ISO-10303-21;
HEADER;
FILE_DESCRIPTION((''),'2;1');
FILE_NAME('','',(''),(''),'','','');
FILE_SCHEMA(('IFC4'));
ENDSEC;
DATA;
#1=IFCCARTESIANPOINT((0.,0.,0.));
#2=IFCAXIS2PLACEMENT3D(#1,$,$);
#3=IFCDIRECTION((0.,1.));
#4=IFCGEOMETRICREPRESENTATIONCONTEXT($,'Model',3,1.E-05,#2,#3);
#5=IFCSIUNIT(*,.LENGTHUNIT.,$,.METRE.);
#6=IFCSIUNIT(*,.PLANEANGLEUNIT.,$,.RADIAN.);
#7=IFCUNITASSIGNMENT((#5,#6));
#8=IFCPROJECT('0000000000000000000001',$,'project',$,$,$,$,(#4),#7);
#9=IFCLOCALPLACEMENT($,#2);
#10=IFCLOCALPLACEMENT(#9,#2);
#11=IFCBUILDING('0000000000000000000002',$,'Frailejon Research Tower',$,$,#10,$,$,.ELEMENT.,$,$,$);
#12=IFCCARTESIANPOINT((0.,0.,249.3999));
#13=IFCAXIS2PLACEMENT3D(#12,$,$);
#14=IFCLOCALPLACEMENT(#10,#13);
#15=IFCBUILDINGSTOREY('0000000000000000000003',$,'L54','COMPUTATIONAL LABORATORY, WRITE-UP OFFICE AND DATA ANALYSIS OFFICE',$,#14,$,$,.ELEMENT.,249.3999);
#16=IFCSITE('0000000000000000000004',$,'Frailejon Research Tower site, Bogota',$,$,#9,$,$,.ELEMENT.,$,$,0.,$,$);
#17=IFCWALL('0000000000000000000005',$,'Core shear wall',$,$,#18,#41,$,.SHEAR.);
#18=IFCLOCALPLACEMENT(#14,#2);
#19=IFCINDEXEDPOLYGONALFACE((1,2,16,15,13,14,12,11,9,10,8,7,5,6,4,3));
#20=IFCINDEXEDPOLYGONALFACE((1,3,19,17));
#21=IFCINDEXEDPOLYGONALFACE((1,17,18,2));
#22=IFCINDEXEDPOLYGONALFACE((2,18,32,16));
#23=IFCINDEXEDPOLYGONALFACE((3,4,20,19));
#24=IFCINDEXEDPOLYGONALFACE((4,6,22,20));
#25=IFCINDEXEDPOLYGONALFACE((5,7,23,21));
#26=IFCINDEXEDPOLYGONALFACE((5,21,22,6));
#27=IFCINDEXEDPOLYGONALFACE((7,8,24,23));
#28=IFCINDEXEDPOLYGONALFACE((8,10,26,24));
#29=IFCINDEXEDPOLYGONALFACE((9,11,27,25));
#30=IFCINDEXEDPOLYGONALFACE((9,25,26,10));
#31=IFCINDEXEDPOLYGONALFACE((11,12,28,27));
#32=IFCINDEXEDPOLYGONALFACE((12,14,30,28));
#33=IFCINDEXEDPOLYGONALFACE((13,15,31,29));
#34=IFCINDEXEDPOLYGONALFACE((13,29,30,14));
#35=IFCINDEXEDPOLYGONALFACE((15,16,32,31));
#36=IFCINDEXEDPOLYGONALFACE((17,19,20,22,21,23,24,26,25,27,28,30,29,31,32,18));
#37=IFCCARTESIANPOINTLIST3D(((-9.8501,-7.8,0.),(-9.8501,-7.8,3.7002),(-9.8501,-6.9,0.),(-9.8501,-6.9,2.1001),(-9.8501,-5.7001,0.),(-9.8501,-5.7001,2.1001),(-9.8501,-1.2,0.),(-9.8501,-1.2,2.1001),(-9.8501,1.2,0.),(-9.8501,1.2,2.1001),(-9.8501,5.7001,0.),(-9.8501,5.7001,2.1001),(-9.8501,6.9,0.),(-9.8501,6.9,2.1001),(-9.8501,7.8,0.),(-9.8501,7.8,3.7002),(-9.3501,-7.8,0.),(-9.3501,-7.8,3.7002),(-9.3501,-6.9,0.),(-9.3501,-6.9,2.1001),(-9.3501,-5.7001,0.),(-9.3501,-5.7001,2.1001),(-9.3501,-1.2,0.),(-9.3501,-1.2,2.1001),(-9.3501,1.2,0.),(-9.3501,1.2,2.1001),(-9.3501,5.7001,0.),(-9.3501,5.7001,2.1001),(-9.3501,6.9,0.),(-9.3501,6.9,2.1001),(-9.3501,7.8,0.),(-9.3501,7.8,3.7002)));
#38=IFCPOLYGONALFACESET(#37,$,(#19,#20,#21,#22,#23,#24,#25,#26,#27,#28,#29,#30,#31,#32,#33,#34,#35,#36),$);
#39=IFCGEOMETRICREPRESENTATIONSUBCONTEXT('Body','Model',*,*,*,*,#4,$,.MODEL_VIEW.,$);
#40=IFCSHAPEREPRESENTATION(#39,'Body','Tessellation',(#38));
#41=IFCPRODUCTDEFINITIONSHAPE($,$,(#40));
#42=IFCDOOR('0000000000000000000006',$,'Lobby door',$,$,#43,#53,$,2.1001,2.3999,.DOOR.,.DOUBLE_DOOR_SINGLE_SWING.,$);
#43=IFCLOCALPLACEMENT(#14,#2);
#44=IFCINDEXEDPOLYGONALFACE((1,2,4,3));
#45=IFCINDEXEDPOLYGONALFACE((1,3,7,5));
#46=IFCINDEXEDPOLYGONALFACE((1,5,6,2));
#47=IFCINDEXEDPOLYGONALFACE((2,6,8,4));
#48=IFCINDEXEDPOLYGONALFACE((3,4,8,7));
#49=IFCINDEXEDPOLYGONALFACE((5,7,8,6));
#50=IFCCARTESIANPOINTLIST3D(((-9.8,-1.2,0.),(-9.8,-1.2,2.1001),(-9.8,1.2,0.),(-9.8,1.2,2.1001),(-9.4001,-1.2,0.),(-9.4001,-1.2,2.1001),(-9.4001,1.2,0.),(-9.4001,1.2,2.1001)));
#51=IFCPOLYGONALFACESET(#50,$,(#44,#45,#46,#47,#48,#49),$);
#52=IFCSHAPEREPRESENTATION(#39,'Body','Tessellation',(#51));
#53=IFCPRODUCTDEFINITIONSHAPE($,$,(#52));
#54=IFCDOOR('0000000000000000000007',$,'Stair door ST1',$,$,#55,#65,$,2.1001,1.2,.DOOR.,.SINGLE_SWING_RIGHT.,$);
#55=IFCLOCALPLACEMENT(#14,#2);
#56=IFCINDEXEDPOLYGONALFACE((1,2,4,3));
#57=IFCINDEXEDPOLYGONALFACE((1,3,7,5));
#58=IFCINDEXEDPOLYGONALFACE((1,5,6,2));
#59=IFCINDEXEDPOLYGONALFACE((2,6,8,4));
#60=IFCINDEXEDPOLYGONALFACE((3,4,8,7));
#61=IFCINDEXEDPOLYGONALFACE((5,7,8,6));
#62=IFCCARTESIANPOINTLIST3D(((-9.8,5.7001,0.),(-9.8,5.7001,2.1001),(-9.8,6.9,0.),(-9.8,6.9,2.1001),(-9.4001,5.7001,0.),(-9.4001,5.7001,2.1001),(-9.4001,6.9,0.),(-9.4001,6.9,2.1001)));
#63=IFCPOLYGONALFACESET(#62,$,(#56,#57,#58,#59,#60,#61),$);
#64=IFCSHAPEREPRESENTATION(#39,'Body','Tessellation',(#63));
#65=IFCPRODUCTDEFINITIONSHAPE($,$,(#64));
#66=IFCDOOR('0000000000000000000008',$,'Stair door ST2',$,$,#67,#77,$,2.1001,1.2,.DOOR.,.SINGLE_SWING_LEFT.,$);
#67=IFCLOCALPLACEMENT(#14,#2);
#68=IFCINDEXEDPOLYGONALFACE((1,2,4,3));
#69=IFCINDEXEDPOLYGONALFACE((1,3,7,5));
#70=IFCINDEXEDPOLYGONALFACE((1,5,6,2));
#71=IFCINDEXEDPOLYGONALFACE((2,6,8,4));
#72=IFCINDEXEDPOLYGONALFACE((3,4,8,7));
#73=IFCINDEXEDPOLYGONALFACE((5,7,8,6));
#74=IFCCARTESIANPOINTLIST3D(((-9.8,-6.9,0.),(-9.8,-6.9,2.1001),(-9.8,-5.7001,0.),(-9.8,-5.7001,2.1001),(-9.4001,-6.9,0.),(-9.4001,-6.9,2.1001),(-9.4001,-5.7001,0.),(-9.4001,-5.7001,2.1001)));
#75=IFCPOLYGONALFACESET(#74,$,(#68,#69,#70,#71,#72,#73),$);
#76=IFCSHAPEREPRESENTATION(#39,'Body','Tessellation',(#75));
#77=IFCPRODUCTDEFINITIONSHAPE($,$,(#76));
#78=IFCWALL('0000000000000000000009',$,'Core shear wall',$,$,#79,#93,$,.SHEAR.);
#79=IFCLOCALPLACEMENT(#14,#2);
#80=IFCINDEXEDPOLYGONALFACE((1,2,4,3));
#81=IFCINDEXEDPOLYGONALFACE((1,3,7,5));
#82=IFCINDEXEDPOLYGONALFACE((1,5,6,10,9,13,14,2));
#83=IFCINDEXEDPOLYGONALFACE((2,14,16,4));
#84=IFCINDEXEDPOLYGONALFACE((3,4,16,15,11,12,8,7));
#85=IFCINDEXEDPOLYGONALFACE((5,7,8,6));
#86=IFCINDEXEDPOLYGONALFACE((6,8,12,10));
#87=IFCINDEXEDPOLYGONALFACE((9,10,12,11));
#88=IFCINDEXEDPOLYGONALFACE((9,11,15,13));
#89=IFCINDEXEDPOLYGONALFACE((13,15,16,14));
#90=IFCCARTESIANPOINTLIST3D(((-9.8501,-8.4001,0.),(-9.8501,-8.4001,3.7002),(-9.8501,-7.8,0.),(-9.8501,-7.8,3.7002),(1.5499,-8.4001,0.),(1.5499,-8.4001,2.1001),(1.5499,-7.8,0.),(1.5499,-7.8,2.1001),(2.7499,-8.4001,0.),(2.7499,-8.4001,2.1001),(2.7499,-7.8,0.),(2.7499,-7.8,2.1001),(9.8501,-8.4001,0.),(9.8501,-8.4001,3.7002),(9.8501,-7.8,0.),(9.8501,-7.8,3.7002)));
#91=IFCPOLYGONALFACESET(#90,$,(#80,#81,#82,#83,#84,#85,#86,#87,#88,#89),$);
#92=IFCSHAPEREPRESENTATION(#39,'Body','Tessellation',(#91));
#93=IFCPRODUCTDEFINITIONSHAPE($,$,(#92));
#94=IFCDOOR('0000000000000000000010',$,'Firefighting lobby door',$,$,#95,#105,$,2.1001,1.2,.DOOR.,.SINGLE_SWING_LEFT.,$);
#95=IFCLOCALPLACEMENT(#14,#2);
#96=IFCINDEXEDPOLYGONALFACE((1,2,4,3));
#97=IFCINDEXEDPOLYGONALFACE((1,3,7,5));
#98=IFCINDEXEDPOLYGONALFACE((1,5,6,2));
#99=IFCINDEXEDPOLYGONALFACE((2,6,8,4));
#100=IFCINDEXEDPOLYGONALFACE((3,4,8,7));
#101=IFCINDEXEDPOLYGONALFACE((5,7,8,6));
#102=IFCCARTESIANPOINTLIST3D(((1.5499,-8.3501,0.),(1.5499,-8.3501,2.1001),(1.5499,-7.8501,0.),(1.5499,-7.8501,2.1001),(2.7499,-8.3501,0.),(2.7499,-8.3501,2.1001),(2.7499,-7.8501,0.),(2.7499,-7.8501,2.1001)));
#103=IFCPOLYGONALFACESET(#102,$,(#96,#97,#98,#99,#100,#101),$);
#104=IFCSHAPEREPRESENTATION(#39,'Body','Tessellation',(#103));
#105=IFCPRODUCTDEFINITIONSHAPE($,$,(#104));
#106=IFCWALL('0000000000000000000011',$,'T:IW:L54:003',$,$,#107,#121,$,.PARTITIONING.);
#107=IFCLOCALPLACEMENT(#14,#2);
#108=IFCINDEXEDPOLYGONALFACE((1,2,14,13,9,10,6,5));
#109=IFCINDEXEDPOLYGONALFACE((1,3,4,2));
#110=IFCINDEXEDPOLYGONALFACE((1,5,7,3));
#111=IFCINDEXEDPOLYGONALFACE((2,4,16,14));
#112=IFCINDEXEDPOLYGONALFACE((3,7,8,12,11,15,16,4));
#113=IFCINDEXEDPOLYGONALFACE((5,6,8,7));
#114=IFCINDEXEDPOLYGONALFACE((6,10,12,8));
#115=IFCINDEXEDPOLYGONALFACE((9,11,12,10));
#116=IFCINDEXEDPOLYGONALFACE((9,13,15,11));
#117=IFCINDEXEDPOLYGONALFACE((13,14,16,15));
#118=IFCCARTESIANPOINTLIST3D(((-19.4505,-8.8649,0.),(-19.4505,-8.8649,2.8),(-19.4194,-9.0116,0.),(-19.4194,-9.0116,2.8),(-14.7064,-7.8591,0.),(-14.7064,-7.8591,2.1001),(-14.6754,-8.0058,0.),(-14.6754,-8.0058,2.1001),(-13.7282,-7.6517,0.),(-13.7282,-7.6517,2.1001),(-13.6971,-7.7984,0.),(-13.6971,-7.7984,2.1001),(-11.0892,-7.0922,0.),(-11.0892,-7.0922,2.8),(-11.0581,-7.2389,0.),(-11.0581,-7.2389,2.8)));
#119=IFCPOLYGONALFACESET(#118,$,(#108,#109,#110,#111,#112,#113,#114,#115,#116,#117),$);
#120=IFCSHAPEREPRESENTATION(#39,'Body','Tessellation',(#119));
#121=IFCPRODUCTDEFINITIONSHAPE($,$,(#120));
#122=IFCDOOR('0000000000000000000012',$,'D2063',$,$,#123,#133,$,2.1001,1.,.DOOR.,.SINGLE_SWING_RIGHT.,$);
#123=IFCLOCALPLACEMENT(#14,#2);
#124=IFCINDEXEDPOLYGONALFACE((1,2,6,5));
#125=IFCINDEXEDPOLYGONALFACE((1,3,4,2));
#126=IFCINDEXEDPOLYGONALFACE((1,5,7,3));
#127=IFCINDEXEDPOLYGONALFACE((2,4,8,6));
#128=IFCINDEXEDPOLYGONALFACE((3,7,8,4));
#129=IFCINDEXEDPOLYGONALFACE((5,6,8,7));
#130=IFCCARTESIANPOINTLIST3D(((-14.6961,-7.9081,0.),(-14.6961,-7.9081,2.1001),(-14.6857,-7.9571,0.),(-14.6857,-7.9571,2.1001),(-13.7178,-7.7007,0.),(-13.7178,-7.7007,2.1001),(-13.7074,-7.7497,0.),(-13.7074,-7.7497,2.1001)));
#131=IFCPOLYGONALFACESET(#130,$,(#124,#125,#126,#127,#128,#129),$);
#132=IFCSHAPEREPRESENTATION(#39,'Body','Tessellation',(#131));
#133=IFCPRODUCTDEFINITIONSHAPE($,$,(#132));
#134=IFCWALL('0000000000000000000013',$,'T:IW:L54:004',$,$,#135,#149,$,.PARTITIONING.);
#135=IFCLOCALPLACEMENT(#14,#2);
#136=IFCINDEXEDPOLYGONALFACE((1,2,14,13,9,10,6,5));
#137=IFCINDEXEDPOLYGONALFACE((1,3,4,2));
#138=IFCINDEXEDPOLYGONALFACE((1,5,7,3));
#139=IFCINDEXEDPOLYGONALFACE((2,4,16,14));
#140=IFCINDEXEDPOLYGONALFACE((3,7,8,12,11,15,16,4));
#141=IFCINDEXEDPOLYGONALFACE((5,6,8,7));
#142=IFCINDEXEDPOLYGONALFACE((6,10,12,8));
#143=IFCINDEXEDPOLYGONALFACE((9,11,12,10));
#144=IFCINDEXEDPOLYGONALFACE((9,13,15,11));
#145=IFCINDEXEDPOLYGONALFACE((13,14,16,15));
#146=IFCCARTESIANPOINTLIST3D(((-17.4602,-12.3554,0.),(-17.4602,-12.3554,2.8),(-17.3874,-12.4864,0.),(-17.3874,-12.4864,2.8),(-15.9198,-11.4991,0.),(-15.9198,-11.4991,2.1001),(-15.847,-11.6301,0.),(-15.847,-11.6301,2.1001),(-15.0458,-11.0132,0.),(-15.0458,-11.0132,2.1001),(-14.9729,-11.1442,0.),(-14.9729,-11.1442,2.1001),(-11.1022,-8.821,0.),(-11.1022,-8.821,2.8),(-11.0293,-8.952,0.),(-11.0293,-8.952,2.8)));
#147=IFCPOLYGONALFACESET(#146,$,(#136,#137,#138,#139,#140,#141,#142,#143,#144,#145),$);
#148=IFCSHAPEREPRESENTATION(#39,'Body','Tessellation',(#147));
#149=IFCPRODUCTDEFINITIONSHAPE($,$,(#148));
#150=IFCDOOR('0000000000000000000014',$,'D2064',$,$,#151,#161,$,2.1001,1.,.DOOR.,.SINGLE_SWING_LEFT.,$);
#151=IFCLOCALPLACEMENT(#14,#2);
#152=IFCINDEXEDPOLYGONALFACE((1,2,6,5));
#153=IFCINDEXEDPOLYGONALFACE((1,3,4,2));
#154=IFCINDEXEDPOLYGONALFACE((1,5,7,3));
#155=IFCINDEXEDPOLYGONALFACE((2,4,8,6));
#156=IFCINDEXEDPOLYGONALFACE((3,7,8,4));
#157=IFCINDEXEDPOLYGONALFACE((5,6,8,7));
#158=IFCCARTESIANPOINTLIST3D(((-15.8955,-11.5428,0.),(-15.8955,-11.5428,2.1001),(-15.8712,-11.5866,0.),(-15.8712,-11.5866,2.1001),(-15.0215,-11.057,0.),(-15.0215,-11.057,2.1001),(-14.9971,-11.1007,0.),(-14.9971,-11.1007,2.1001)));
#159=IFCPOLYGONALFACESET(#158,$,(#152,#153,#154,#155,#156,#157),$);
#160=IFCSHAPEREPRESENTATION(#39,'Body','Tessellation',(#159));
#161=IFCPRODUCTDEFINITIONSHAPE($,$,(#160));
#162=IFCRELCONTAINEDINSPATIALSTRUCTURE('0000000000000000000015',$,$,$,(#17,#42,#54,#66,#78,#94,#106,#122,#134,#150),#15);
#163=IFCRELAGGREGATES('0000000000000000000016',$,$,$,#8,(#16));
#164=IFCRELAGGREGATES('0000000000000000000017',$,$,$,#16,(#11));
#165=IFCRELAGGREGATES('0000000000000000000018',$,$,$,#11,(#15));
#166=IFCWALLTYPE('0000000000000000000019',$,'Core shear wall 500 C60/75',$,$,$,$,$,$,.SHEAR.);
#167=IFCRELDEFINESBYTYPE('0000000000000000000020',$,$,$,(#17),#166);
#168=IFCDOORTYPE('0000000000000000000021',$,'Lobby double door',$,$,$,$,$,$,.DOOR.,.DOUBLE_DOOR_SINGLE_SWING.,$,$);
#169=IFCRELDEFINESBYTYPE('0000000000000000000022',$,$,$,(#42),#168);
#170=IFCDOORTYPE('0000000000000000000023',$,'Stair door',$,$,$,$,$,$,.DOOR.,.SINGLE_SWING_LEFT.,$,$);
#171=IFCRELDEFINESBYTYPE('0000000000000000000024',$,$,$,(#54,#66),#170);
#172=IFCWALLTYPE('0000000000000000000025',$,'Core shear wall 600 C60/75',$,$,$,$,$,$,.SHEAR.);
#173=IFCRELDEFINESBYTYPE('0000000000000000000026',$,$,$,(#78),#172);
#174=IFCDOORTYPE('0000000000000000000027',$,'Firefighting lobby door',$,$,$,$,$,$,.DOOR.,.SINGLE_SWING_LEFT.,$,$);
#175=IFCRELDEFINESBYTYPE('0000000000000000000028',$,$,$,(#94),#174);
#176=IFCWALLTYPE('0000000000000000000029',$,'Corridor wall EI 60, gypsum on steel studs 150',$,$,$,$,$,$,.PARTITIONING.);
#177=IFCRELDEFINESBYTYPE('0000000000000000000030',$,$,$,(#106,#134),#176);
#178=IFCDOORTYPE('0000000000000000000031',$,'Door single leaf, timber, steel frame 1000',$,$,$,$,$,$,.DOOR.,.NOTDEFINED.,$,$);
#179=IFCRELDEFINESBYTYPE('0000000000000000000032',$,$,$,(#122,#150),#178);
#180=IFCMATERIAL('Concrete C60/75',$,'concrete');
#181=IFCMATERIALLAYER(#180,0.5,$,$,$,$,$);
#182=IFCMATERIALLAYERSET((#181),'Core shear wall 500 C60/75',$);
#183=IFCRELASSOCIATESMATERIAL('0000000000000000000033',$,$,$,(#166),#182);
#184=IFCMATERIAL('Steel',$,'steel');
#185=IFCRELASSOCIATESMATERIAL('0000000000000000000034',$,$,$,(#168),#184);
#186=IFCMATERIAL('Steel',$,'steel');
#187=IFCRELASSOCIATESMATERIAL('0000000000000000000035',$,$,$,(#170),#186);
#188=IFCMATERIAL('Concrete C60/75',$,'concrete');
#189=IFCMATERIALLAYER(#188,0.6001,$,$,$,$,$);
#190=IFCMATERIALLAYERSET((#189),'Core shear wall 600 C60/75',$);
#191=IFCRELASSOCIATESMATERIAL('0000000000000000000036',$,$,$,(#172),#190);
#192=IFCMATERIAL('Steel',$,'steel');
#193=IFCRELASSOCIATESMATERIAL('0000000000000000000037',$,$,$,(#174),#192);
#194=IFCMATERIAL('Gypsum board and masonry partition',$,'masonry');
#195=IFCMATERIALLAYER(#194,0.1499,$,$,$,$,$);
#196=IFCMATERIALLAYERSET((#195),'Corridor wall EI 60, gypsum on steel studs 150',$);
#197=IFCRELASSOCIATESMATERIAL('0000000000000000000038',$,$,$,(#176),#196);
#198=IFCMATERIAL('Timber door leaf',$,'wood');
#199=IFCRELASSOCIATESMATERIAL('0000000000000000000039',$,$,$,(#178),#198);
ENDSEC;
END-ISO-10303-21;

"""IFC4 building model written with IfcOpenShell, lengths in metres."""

from ifc_helpers import new_model, si_unit, direction, frame, frame_2d, origin, place, context, subcontext, project, spatial, rectangle, extrude, material, layer, layer_set, type_object, element, fill, save


model = new_model("IFC4")

# Units and contexts
model_context = context("Model", 3, precision=1e-05, world=origin(), true_north=direction((0.0, 1.0)))
body_context = subcontext(model_context, "Body", "Model", "MODEL_VIEW")
ifc_project = project(units=[si_unit("LENGTHUNIT", "METRE"), si_unit("PLANEANGLEUNIT", "RADIAN")], contexts=[model_context])

# Site, building, storey
site_placement = place(None, origin())
site = spatial("IfcSite", under=ifc_project, at=site_placement, Name="Frailejon Research Tower site, Bogota", CompositionType="ELEMENT", RefElevation=0.0)
building_placement = place(site_placement, origin())
building = spatial("IfcBuilding", under=site, at=building_placement, Name="Frailejon Research Tower", CompositionType="ELEMENT")
storey_placement = place(building_placement, frame((0.0, 0.0, 249.3999)))
storey = spatial("IfcBuildingStorey", under=building, at=storey_placement, Name="L54", Description="COMPUTATIONAL LABORATORY, WRITE-UP OFFICE AND DATA ANALYSIS OFFICE", CompositionType="ELEMENT", Elevation=249.3999)

# Wall, openings, doors
ifc_material_1 = material(Name="Concrete C60/75", Category="concrete")
ifc_layer_1 = layer(ifc_material_1, 0.5)
ifc_layer_set_1 = layer_set([ifc_layer_1], Name="Core shear wall 500 C60/75")
wall_type_1 = type_object("IfcWallType", Name="Core shear wall 500 C60/75", PredefinedType="SHEAR", material=ifc_layer_set_1)
wall_1_placement = place(storey_placement, frame((-9.6001, -7.8, 0.0), z_axis=(0.0, 0.0, 1.0), x_axis=(0.0, 1.0, 0.0)))
wall_1 = element("IfcWall", 1, at=wall_1_placement, inside=storey, type_object=wall_type_1, Name="Core shear wall", PredefinedType="SHEAR", context=body_context, shape_type="SweptSolid", body=[
    extrude(rectangle(XDim=15.6001, YDim=0.5, at=frame_2d((7.8, 0.0))), origin(), (0.0, 0.0, 1.0), 3.7002),
])
opening_1_placement = place(wall_1_placement, frame((6.6001, 0.0, 0.0)))
opening_1 = element("IfcOpeningElement", 2, at=opening_1_placement, cuts=wall_1, PredefinedType="OPENING", context=body_context, shape_type="SweptSolid", body=[
    extrude(rectangle(XDim=2.3999, YDim=2.1001, at=frame_2d((1.2, 1.05))), frame((0.0, 0.26, 0.0), z_axis=(0.0, -1.0, 0.0), x_axis=(1.0, 0.0, 0.0)), (0.0, 0.0, 1.0), 0.52),
])
opening_2_placement = place(wall_1_placement, frame((13.5, 0.0, 0.0)))
opening_2 = element("IfcOpeningElement", 3, at=opening_2_placement, cuts=wall_1, PredefinedType="OPENING", context=body_context, shape_type="SweptSolid", body=[
    extrude(rectangle(XDim=1.2, YDim=2.1001, at=frame_2d((0.6001, 1.05))), frame((0.0, 0.26, 0.0), z_axis=(0.0, -1.0, 0.0), x_axis=(1.0, 0.0, 0.0)), (0.0, 0.0, 1.0), 0.52),
])
opening_3_placement = place(wall_1_placement, frame((0.8999, 0.0, 0.0)))
opening_3 = element("IfcOpeningElement", 4, at=opening_3_placement, cuts=wall_1, PredefinedType="OPENING", context=body_context, shape_type="SweptSolid", body=[
    extrude(rectangle(XDim=1.2, YDim=2.1001, at=frame_2d((0.6001, 1.05))), frame((0.0, 0.26, 0.0), z_axis=(0.0, -1.0, 0.0), x_axis=(1.0, 0.0, 0.0)), (0.0, 0.0, 1.0), 0.52),
])
ifc_material_2 = material(Name="Steel", Category="steel")
door_type_1 = type_object("IfcDoorType", Name="Lobby double door", OperationType="DOUBLE_DOOR_SINGLE_SWING", PredefinedType="DOOR", material=ifc_material_2)
door_1_placement = place(opening_1_placement, origin())
door_1 = element("IfcDoor", 5, at=door_1_placement, inside=storey, type_object=door_type_1, Name="Lobby door", OperationType="DOUBLE_DOOR_SINGLE_SWING", OverallHeight=2.1001, OverallWidth=2.3999, PredefinedType="DOOR", context=body_context, shape_type="SweptSolid", body=[
    extrude(rectangle(XDim=2.3999, YDim=2.1001, at=frame_2d((1.2, 1.05))), frame((0.0, 0.2, 0.0), z_axis=(0.0, -1.0, 0.0), x_axis=(1.0, 0.0, 0.0)), (0.0, 0.0, 1.0), 0.3999),
])
fill(opening_1, door_1)
ifc_material_3 = material(Name="Steel", Category="steel")
door_type_2 = type_object("IfcDoorType", Name="Stair door", OperationType="SINGLE_SWING_LEFT", PredefinedType="DOOR", material=ifc_material_3)
door_2_placement = place(opening_2_placement, origin())
door_2 = element("IfcDoor", 6, at=door_2_placement, inside=storey, type_object=door_type_2, Name="Stair door ST1", OperationType="SINGLE_SWING_RIGHT", OverallHeight=2.1001, OverallWidth=1.2, PredefinedType="DOOR", context=body_context, shape_type="SweptSolid", body=[
    extrude(rectangle(XDim=1.2, YDim=2.1001, at=frame_2d((0.6001, 1.05))), frame((0.0, 0.2, 0.0), z_axis=(0.0, -1.0, 0.0), x_axis=(1.0, 0.0, 0.0)), (0.0, 0.0, 1.0), 0.3999),
])
fill(opening_2, door_2)
door_3_placement = place(opening_3_placement, origin())
door_3 = element("IfcDoor", 7, at=door_3_placement, inside=storey, type_object=door_type_2, Name="Stair door ST2", OperationType="SINGLE_SWING_LEFT", OverallHeight=2.1001, OverallWidth=1.2, PredefinedType="DOOR", context=body_context, shape_type="SweptSolid", body=[
    extrude(rectangle(XDim=1.2, YDim=2.1001, at=frame_2d((0.6001, 1.05))), frame((0.0, 0.2, 0.0), z_axis=(0.0, -1.0, 0.0), x_axis=(1.0, 0.0, 0.0)), (0.0, 0.0, 1.0), 0.3999),
])
fill(opening_3, door_3)

# Walls, openings, doors
ifc_material_4 = material(Name="Concrete C60/75", Category="concrete")
ifc_layer_2 = layer(ifc_material_4, 0.6001)
ifc_layer_set_2 = layer_set([ifc_layer_2], Name="Core shear wall 600 C60/75")
wall_type_2 = type_object("IfcWallType", Name="Core shear wall 600 C60/75", PredefinedType="SHEAR", material=ifc_layer_set_2)
wall_2_placement = place(storey_placement, frame((-9.8501, -8.1001, 0.0), z_axis=(0.0, 0.0, 1.0), x_axis=(1.0, 0.0, 0.0)))
wall_2 = element("IfcWall", 8, at=wall_2_placement, inside=storey, type_object=wall_type_2, Name="Core shear wall", PredefinedType="SHEAR", context=body_context, shape_type="SweptSolid", body=[
    extrude(rectangle(XDim=19.7002, YDim=0.6001, at=frame_2d((9.8501, 0.0))), origin(), (0.0, 0.0, 1.0), 3.7002),
])
opening_4_placement = place(wall_2_placement, frame((11.3999, 0.0, 0.0)))
opening_4 = element("IfcOpeningElement", 9, at=opening_4_placement, cuts=wall_2, PredefinedType="OPENING", context=body_context, shape_type="SweptSolid", body=[
    extrude(rectangle(XDim=1.2, YDim=2.1001, at=frame_2d((0.6001, 1.05))), frame((0.0, 0.3101, 0.0), z_axis=(0.0, -1.0, 0.0), x_axis=(1.0, 0.0, 0.0)), (0.0, 0.0, 1.0), 0.6201),
])
ifc_material_5 = material(Name="Steel", Category="steel")
door_type_3 = type_object("IfcDoorType", Name="Firefighting lobby door", OperationType="SINGLE_SWING_LEFT", PredefinedType="DOOR", material=ifc_material_5)
door_4_placement = place(opening_4_placement, origin())
door_4 = element("IfcDoor", 10, at=door_4_placement, inside=storey, type_object=door_type_3, Name="Firefighting lobby door", OperationType="SINGLE_SWING_LEFT", OverallHeight=2.1001, OverallWidth=1.2, PredefinedType="DOOR", context=body_context, shape_type="SweptSolid", body=[
    extrude(rectangle(XDim=1.2, YDim=2.1001, at=frame_2d((0.6001, 1.05))), frame((0.0, 0.25, 0.0), z_axis=(0.0, -1.0, 0.0), x_axis=(1.0, 0.0, 0.0)), (0.0, 0.0, 1.0), 0.5),
])
fill(opening_4, door_4)
ifc_material_6 = material(Name="Gypsum board and masonry partition", Category="masonry")
ifc_layer_3 = layer(ifc_material_6, 0.1499)
ifc_layer_set_3 = layer_set([ifc_layer_3], Name="Corridor wall EI 60, gypsum on steel studs 150")
wall_type_3 = type_object("IfcWallType", Name="Corridor wall EI 60, gypsum on steel studs 150", PredefinedType="PARTITIONING", material=ifc_layer_set_3)
wall_3_placement = place(storey_placement, frame((-19.4348, -8.9382, 0.0), z_axis=(0.0, 0.0, 1.0), x_axis=(0.978256, 0.207402, 0.0)))
wall_3 = element("IfcWall", 11, at=wall_3_placement, inside=storey, type_object=wall_type_3, Name="T:IW:L54:003", PredefinedType="PARTITIONING", context=body_context, shape_type="SweptSolid", body=[
    extrude(rectangle(XDim=8.5471, YDim=0.1499, at=frame_2d((4.2734, 0.0))), origin(), (0.0, 0.0, 1.0), 2.8),
])
opening_5_placement = place(wall_3_placement, frame((4.8494, 0.0, 0.0)))
opening_5 = element("IfcOpeningElement", 12, at=opening_5_placement, cuts=wall_3, PredefinedType="OPENING", context=body_context, shape_type="SweptSolid", body=[
    extrude(rectangle(XDim=1.0, YDim=2.1001, at=frame_2d((0.5, 1.05))), frame((0.0, 0.085, 0.0), z_axis=(0.0, -1.0, 0.0), x_axis=(1.0, 0.0, 0.0)), (0.0, 0.0, 1.0), 0.1699),
])
ifc_material_7 = material(Name="Timber door leaf", Category="wood")
door_type_4 = type_object("IfcDoorType", Name="Door single leaf, timber, steel frame 1000", OperationType="NOTDEFINED", PredefinedType="DOOR", material=ifc_material_7)
door_5_placement = place(opening_5_placement, origin())
door_5 = element("IfcDoor", 13, at=door_5_placement, inside=storey, type_object=door_type_4, Name="D2063", OperationType="SINGLE_SWING_RIGHT", OverallHeight=2.1001, OverallWidth=1.0, PredefinedType="DOOR", context=body_context, shape_type="SweptSolid", body=[
    extrude(rectangle(XDim=1.0, YDim=2.1001, at=frame_2d((0.5, 1.05))), frame((0.0, 0.0249, 0.0), z_axis=(0.0, -1.0, 0.0), x_axis=(1.0, 0.0, 0.0)), (0.0, 0.0, 1.0), 0.05),
])
fill(opening_5, door_5)
wall_4_placement = place(storey_placement, frame((-17.4238, -12.4209, 0.0), z_axis=(0.0, 0.0, 1.0), x_axis=(0.874034, 0.485865, 0.0)))
wall_4 = element("IfcWall", 14, at=wall_4_placement, inside=storey, type_object=wall_type_3, Name="T:IW:L54:004", PredefinedType="PARTITIONING", context=body_context, shape_type="SweptSolid", body=[
    extrude(rectangle(XDim=7.2744, YDim=0.1499, at=frame_2d((3.6372, 0.0))), origin(), (0.0, 0.0, 1.0), 2.8),
])
opening_6_placement = place(wall_4_placement, frame((1.7625, 0.0, 0.0)))
opening_6 = element("IfcOpeningElement", 15, at=opening_6_placement, cuts=wall_4, PredefinedType="OPENING", context=body_context, shape_type="SweptSolid", body=[
    extrude(rectangle(XDim=1.0, YDim=2.1001, at=frame_2d((0.5, 1.05))), frame((0.0, 0.085, 0.0), z_axis=(0.0, -1.0, 0.0), x_axis=(1.0, 0.0, 0.0)), (0.0, 0.0, 1.0), 0.1699),
])
door_6_placement = place(opening_6_placement, origin())
door_6 = element("IfcDoor", 16, at=door_6_placement, inside=storey, type_object=door_type_4, Name="D2064", OperationType="SINGLE_SWING_LEFT", OverallHeight=2.1001, OverallWidth=1.0, PredefinedType="DOOR", context=body_context, shape_type="SweptSolid", body=[
    extrude(rectangle(XDim=1.0, YDim=2.1001, at=frame_2d((0.5, 1.05))), frame((0.0, 0.0249, 0.0), z_axis=(0.0, -1.0, 0.0), x_axis=(1.0, 0.0, 0.0)), (0.0, 0.0, 1.0), 0.05),
])
fill(opening_6, door_6)

save(model, "model.ifc")
